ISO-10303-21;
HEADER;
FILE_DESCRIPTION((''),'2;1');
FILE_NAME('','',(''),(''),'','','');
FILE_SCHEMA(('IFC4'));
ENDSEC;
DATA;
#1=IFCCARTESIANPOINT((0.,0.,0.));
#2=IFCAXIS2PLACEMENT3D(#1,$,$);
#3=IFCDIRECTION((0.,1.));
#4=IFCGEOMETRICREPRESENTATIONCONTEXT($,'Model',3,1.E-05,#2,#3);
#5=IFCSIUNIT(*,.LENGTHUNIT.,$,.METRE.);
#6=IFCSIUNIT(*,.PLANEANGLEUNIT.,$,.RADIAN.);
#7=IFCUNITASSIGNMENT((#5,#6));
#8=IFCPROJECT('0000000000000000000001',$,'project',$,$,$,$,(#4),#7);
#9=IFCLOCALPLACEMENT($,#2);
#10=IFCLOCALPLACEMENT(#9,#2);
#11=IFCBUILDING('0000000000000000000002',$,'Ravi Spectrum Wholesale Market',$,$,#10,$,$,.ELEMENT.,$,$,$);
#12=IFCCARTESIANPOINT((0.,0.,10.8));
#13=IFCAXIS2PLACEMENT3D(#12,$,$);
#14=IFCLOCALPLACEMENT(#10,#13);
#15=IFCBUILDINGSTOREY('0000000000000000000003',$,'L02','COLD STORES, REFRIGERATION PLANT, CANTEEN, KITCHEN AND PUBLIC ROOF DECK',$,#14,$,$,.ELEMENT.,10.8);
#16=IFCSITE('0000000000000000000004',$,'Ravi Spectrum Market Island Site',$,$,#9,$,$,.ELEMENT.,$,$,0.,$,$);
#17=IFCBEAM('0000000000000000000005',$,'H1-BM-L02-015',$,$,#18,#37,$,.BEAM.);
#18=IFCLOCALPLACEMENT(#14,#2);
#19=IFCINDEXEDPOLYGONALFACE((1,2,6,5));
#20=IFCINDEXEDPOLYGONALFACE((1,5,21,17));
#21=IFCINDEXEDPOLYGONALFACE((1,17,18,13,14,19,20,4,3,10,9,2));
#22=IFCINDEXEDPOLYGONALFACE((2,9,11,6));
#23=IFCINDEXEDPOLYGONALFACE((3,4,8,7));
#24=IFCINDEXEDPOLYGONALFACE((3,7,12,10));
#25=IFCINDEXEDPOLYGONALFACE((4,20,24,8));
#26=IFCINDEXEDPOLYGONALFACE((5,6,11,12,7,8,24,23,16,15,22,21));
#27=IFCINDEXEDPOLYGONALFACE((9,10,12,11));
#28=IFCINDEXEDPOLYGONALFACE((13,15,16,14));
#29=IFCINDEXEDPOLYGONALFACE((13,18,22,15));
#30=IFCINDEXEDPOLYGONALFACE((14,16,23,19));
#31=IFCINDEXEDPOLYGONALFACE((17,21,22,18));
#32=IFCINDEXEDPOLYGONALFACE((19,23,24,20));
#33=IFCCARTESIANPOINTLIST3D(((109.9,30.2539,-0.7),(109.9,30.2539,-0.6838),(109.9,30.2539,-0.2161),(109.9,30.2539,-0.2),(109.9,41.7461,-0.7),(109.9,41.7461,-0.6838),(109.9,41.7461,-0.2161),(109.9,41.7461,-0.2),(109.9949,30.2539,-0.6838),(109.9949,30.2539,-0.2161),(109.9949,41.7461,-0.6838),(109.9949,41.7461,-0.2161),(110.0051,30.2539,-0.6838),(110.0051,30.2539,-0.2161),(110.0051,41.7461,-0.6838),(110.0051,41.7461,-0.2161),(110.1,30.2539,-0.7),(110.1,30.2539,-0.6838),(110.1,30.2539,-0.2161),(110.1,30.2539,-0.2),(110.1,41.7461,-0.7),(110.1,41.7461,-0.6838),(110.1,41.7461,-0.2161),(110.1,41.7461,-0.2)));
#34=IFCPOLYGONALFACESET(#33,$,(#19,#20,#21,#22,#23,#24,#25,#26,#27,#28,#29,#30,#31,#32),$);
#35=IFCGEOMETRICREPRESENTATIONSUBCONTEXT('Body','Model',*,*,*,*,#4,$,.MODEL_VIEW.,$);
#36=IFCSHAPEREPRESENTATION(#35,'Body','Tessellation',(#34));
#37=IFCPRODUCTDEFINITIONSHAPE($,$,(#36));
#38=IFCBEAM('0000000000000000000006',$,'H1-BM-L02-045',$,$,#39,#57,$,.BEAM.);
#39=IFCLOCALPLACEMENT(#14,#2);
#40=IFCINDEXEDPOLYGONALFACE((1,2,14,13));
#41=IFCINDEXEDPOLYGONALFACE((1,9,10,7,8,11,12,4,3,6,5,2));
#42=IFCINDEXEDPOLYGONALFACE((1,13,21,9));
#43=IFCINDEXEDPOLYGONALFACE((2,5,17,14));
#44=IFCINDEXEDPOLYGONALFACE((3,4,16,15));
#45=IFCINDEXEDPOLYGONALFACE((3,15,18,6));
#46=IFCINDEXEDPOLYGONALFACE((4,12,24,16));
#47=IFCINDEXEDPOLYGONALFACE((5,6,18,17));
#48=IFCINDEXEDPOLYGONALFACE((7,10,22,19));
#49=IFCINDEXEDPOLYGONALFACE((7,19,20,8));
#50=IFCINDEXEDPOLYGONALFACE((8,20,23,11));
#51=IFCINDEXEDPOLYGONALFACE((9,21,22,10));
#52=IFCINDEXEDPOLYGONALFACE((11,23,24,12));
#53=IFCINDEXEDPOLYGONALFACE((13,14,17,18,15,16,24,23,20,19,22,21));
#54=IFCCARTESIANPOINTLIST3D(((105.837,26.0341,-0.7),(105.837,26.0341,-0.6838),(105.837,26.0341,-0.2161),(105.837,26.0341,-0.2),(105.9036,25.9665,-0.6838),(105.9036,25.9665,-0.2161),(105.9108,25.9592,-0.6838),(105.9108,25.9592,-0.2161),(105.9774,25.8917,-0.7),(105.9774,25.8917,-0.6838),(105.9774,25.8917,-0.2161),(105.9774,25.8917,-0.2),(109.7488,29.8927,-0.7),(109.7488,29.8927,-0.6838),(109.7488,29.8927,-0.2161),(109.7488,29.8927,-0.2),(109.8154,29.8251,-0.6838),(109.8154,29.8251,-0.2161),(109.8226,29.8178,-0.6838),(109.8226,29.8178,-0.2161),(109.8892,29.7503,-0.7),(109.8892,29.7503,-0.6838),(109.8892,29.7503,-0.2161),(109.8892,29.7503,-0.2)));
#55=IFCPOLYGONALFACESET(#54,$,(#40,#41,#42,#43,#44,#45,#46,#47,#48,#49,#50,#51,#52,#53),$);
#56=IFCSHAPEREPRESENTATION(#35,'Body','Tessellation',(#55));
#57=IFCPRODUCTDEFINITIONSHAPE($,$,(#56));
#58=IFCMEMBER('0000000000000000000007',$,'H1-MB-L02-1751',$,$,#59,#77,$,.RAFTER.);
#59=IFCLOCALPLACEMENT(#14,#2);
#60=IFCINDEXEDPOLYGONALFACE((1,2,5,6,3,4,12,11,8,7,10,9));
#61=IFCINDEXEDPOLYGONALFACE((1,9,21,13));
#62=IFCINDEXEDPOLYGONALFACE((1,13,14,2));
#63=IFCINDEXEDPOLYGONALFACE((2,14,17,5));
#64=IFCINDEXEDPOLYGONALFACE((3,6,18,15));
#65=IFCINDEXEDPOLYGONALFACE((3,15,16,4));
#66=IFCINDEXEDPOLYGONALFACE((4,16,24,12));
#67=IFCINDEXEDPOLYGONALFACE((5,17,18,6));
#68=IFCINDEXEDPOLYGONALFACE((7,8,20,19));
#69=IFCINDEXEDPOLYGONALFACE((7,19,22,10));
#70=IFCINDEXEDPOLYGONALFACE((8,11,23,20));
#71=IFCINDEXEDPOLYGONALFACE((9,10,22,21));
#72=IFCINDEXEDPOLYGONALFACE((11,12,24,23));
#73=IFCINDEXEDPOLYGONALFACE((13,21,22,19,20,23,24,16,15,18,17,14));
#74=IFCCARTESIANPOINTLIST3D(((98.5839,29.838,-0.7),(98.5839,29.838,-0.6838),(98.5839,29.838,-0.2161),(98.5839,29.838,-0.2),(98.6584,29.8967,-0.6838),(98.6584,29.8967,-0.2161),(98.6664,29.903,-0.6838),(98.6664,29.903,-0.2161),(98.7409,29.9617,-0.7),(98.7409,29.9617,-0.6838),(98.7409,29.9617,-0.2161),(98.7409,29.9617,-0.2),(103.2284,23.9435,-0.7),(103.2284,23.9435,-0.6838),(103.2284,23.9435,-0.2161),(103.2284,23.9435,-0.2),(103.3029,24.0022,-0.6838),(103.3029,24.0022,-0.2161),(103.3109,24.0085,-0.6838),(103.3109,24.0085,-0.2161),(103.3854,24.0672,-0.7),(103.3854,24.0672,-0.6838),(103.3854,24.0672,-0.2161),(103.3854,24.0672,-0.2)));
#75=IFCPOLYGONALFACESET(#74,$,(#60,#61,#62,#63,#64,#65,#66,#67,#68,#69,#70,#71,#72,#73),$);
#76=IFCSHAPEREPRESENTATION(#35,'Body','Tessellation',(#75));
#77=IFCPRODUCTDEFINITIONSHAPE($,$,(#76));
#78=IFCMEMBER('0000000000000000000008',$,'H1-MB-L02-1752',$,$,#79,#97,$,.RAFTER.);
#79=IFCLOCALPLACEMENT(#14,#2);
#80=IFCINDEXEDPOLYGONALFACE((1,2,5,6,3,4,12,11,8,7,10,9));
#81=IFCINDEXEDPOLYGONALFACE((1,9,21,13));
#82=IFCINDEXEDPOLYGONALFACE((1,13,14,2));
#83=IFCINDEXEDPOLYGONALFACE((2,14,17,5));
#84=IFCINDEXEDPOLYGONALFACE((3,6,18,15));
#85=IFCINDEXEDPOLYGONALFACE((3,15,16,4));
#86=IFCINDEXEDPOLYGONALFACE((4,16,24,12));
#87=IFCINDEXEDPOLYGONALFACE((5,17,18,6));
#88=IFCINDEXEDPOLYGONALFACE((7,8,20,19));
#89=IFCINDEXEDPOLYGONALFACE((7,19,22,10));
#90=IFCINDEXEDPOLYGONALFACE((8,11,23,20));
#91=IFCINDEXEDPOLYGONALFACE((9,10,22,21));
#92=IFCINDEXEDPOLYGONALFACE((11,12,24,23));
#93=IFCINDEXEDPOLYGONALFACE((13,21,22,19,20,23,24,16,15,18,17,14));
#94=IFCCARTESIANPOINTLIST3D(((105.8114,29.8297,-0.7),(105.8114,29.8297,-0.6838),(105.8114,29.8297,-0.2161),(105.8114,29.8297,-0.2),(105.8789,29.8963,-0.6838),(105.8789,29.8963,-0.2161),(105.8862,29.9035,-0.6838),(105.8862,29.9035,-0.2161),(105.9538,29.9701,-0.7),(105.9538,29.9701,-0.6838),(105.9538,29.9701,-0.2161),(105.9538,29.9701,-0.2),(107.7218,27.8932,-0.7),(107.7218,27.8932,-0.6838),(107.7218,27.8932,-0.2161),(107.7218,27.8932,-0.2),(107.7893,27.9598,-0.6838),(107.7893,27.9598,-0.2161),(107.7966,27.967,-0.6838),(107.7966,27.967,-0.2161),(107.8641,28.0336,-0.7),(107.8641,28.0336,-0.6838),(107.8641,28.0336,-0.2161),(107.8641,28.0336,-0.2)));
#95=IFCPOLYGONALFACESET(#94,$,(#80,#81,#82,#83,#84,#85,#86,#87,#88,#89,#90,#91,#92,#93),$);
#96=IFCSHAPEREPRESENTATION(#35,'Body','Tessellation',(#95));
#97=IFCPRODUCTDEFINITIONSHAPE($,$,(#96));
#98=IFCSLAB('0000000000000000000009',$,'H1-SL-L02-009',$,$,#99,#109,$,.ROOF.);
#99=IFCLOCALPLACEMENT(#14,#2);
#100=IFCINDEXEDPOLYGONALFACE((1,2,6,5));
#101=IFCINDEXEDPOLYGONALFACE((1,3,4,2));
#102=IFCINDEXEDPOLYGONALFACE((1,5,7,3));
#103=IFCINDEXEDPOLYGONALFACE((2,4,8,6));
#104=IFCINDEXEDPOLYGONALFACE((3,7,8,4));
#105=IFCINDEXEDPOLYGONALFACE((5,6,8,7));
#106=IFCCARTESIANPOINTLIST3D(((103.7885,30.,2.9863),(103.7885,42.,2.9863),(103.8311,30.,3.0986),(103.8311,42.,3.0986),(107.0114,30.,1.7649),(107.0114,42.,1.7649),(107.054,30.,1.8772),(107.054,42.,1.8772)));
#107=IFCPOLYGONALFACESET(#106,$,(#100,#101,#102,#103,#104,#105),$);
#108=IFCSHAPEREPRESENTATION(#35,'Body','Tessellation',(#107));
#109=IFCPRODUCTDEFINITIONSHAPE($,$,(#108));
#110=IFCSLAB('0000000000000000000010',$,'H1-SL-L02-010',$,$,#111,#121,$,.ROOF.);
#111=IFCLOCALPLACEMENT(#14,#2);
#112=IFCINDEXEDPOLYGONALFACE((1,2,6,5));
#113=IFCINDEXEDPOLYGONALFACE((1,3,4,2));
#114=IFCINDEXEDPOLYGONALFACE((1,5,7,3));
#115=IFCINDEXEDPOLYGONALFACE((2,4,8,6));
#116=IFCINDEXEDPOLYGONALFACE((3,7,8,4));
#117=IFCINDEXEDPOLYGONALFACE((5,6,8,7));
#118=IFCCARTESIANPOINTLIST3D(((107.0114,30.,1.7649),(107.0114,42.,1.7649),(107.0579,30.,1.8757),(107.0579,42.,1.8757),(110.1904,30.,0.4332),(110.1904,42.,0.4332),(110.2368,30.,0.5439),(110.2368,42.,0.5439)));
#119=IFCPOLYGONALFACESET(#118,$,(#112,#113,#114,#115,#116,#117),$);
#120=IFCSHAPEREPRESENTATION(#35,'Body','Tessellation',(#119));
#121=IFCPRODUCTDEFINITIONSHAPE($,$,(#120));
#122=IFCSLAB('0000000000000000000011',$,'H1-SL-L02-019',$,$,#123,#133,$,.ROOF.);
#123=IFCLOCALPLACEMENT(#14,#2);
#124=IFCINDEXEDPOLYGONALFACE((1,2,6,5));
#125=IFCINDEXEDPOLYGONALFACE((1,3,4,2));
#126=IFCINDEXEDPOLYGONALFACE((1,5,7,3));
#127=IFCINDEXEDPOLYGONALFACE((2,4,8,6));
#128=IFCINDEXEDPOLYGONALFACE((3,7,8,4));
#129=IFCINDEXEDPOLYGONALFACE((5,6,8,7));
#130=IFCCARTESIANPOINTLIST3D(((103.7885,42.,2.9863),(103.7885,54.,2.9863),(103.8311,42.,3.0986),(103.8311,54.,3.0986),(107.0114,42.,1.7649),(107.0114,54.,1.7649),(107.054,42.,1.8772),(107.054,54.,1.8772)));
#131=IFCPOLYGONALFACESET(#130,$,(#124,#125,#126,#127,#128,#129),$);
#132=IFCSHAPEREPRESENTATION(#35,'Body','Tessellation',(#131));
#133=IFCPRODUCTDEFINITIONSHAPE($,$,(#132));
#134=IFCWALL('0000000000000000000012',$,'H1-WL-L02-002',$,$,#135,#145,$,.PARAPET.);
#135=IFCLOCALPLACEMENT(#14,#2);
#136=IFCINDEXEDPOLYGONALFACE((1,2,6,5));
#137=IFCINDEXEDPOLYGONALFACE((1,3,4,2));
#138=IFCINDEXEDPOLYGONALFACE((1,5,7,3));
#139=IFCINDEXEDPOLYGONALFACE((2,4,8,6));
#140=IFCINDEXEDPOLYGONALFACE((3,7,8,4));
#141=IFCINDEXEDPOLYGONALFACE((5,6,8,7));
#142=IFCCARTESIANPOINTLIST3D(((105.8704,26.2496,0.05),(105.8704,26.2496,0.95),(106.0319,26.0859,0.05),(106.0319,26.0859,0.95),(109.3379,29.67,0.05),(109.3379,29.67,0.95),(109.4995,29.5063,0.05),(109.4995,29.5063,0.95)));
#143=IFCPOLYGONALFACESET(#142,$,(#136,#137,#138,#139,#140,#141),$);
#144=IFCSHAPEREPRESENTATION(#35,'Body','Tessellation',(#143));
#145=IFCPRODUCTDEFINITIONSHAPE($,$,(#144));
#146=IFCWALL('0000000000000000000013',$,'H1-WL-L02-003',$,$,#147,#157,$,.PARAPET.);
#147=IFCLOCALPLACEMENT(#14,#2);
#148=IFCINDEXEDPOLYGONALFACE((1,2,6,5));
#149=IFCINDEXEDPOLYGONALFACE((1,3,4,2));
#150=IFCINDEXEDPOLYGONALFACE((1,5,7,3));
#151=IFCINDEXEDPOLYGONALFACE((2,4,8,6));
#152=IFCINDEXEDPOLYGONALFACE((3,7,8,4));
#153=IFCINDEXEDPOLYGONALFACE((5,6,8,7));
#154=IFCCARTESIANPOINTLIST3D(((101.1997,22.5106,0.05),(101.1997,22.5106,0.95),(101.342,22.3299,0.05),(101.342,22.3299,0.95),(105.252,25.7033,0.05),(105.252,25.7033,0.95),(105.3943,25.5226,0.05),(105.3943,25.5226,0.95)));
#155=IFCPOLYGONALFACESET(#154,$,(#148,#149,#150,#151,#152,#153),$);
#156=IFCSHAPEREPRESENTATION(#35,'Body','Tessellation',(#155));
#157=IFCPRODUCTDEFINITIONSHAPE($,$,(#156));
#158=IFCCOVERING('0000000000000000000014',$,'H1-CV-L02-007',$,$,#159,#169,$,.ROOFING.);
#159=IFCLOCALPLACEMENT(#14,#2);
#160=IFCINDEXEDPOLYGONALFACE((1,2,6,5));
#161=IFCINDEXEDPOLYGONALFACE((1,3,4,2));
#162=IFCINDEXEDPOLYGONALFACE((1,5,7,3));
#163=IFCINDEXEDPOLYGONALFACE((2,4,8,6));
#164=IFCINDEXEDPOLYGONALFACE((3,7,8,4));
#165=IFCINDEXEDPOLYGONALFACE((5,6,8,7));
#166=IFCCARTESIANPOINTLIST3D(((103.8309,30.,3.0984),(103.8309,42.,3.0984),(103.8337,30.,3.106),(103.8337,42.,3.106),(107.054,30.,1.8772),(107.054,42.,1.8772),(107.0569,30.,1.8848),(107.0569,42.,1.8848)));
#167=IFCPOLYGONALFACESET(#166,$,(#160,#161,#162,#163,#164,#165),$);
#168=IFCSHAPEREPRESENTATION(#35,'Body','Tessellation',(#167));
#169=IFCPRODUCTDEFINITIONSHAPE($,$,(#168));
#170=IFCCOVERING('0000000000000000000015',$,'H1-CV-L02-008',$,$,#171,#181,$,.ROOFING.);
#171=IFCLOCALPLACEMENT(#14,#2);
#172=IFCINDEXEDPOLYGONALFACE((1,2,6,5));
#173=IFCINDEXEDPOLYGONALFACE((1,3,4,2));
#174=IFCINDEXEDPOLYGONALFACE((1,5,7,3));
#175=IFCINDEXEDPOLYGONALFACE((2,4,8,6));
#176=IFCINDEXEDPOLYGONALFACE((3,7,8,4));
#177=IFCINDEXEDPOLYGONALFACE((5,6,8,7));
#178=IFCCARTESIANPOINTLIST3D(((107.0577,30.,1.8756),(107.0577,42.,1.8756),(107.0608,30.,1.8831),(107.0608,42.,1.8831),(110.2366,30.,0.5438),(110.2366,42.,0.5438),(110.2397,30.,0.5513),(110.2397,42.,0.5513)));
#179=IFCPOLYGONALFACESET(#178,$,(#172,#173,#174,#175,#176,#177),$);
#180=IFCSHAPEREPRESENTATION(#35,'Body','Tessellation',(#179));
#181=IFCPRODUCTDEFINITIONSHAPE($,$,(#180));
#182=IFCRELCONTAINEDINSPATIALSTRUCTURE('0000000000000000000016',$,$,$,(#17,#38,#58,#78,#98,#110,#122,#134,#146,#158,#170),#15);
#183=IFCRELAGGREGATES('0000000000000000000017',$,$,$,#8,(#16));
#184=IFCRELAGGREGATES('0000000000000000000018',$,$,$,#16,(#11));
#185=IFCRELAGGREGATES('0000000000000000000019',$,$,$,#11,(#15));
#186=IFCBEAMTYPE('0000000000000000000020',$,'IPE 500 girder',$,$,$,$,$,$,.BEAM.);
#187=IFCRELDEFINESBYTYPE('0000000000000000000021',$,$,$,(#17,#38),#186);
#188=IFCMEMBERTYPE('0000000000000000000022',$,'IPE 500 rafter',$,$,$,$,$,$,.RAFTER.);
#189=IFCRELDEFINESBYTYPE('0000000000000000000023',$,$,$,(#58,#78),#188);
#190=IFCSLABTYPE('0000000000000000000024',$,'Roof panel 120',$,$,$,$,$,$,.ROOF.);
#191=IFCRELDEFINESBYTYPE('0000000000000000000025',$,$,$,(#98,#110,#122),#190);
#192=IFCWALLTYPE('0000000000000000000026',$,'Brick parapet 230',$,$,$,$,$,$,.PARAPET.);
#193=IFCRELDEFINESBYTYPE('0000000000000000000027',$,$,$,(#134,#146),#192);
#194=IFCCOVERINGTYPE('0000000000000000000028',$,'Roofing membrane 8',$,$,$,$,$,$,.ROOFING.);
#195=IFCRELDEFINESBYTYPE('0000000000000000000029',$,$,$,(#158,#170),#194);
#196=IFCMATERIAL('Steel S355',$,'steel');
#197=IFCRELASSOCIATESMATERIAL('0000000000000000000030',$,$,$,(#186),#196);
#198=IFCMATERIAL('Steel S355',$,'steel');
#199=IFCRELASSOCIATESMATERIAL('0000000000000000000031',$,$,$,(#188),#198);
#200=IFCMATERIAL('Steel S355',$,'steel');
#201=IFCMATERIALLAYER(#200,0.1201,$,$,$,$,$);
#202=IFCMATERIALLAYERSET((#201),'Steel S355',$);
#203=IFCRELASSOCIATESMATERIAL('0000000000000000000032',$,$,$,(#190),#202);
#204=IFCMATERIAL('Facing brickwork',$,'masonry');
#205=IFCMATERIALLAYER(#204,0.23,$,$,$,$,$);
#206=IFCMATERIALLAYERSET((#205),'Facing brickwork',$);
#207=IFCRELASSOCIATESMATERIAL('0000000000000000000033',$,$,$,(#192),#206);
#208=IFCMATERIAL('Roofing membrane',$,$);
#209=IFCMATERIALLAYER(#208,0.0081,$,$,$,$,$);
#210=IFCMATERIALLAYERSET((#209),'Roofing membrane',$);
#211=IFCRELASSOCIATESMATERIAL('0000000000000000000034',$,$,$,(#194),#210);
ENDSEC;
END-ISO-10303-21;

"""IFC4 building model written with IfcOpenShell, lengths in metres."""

from ifc_helpers import new_model, si_unit, direction, frame, frame_2d, origin, origin_2d, place, context, subcontext, project, spatial, polyline, rectangle, i_section, outline, extrude, material, layer, layer_set, material_profile, profile_set, type_object, element, save


model = new_model("IFC4")

# Units and contexts
model_context = context("Model", 3, precision=1e-05, world=origin(), true_north=direction((0.0, 1.0)))
body_context = subcontext(model_context, "Body", "Model", "MODEL_VIEW")
ifc_project = project(units=[si_unit("LENGTHUNIT", "METRE"), si_unit("PLANEANGLEUNIT", "RADIAN")], contexts=[model_context])

# Site, building, storey
site_placement = place(None, origin())
site = spatial("IfcSite", under=ifc_project, at=site_placement, Name="Ravi Spectrum Market Island Site", CompositionType="ELEMENT", RefElevation=0.0)
building_placement = place(site_placement, origin())
building = spatial("IfcBuilding", under=site, at=building_placement, Name="Ravi Spectrum Wholesale Market", CompositionType="ELEMENT")
storey_placement = place(building_placement, frame((0.0, 0.0, 10.8)))
storey = spatial("IfcBuildingStorey", under=building, at=storey_placement, Name="L02", Description="COLD STORES, REFRIGERATION PLANT, CANTEEN, KITCHEN AND PUBLIC ROOF DECK", CompositionType="ELEMENT", Elevation=10.8)

# Beams
ifc_material_1 = material(Name="Steel S355", Category="steel")
ifc_material_profile_1 = material_profile(ifc_material_1, i_section(OverallWidth=0.2, OverallDepth=0.5, WebThickness=0.0103, FlangeThickness=0.0161, at=origin_2d()))
ifc_profile_set_1 = profile_set([ifc_material_profile_1], Name="Steel S355")
beam_type = type_object("IfcBeamType", Name="IPE 500 girder", PredefinedType="BEAM", material=ifc_profile_set_1)
beam_1_placement = place(storey_placement, frame((110.0, 30.2539, -0.45), z_axis=(0.0, 1.0, 0.0), x_axis=(-1.0, 0.0, 0.0)))
element("IfcBeam", 1, at=beam_1_placement, inside=storey, type_object=beam_type, Name="H1-BM-L02-015", PredefinedType="BEAM", context=body_context, shape_type="SweptSolid", body=[
    extrude(i_section(OverallWidth=0.2, OverallDepth=0.5, WebThickness=0.0103, FlangeThickness=0.0161, at=origin_2d()), origin(), (0.0, 0.0, 1.0), 11.4922),
])
beam_2_placement = place(storey_placement, frame((105.9072, 25.9629, -0.45), z_axis=(0.711933, 0.702247, 0.0), x_axis=(-0.702247, 0.711933, 0.0)))
element("IfcBeam", 2, at=beam_2_placement, inside=storey, type_object=beam_type, Name="H1-BM-L02-045", PredefinedType="BEAM", context=body_context, shape_type="SweptSolid", body=[
    extrude(i_section(OverallWidth=0.2, OverallDepth=0.5, WebThickness=0.0103, FlangeThickness=0.0161, at=origin_2d()), origin(), (0.0, 0.0, 1.0), 5.4946),
])

# Members
ifc_material_2 = material(Name="Steel S355", Category="steel")
ifc_material_profile_2 = material_profile(ifc_material_2, i_section(OverallWidth=0.2, OverallDepth=0.5, WebThickness=0.0103, FlangeThickness=0.0161, at=origin_2d()))
ifc_profile_set_2 = profile_set([ifc_material_profile_2], Name="Steel S355")
member_type_1 = type_object("IfcMemberType", Name="IPE 500 rafter", PredefinedType="RAFTER", material=ifc_profile_set_2)
member_1_placement = place(storey_placement, frame((103.3069, 24.0054, -0.45), z_axis=(-0.618901, 0.785469, 0.0), x_axis=(-0.785469, -0.618901, 0.0)))
element("IfcMember", 3, at=member_1_placement, inside=storey, type_object=member_type_1, Name="H1-MB-L02-1751", PredefinedType="RAFTER", context=body_context, shape_type="SweptSolid", body=[
    extrude(i_section(OverallWidth=0.2, OverallDepth=0.5, WebThickness=0.0103, FlangeThickness=0.0161, at=origin_2d()), origin(), (0.0, 0.0, 1.0), 7.5044),
])
member_2_placement = place(storey_placement, frame((107.793, 27.9634, -0.45), z_axis=(-0.702289, 0.711892, 0.0), x_axis=(-0.711892, -0.702289, 0.0)))
element("IfcMember", 4, at=member_2_placement, inside=storey, type_object=member_type_1, Name="H1-MB-L02-1752", PredefinedType="RAFTER", context=body_context, shape_type="SweptSolid", body=[
    extrude(i_section(OverallWidth=0.2, OverallDepth=0.5, WebThickness=0.0103, FlangeThickness=0.0161, at=origin_2d()), origin(), (0.0, 0.0, 1.0), 2.7202),
])

# Slabs
ifc_material_3 = material(Name="Steel S355", Category="steel")
ifc_layer_1 = layer(ifc_material_3, 0.1201)
ifc_layer_set_1 = layer_set([ifc_layer_1], Name="Steel S355")
slab_type = type_object("IfcSlabType", Name="Roof panel 120", PredefinedType="ROOF", material=ifc_layer_set_1)
slab_1_placement = place(storey_placement, frame((103.8311, 30.0, 3.0986), z_axis=(0.354389, 0.0, 0.935098), x_axis=(0.935098, 0.0, -0.354389)))
element("IfcSlab", 5, at=slab_1_placement, inside=storey, type_object=slab_type, Name="H1-SL-L02-009", PredefinedType="ROOF", context=body_context, shape_type="SweptSolid", body=[
    extrude(outline(polyline([(0.0, 0.0), (3.4466, 0.0), (3.4466, 12.0), (0.0, 12.0), (0.0, 0.0)])), origin(), (0.0, 0.0, -1.0), 0.1201),
])
slab_2_placement = place(storey_placement, frame((107.0579, 30.0, 1.8757), z_axis=(0.3864, 0.0, 0.922331), x_axis=(0.922331, 0.0, -0.3864)))
element("IfcSlab", 6, at=slab_2_placement, inside=storey, type_object=slab_type, Name="H1-SL-L02-010", PredefinedType="ROOF", context=body_context, shape_type="SweptSolid", body=[
    extrude(outline(polyline([(0.0, 0.0), (3.4467, 0.0), (3.4467, 12.0), (0.0, 12.0), (0.0, 0.0)])), origin(), (0.0, 0.0, -1.0), 0.1201),
])
slab_3_placement = place(storey_placement, frame((103.8311, 42.0, 3.0986), z_axis=(0.354389, 0.0, 0.935098), x_axis=(0.935098, 0.0, -0.354389)))
element("IfcSlab", 7, at=slab_3_placement, inside=storey, type_object=slab_type, Name="H1-SL-L02-019", PredefinedType="ROOF", context=body_context, shape_type="SweptSolid", body=[
    extrude(outline(polyline([(0.0, 0.0), (3.4466, 0.0), (3.4466, 12.0), (0.0, 12.0), (0.0, 0.0)])), origin(), (0.0, 0.0, -1.0), 0.1201),
])

# Walls
ifc_material_4 = material(Name="Facing brickwork", Category="masonry")
ifc_layer_2 = layer(ifc_material_4, 0.23)
ifc_layer_set_2 = layer_set([ifc_layer_2], Name="Facing brickwork")
wall_type = type_object("IfcWallType", Name="Brick parapet 230", PredefinedType="PARAPET", material=ifc_layer_set_2)
wall_1_placement = place(storey_placement, frame((109.4187, 29.5881, 0.05), z_axis=(0.0, 0.0, 1.0), x_axis=(-0.711927, -0.702253, 0.0)))
element("IfcWall", 8, at=wall_1_placement, inside=storey, type_object=wall_type, Name="H1-WL-L02-002", PredefinedType="PARAPET", context=body_context, shape_type="SweptSolid", body=[
    extrude(rectangle(XDim=4.8706, YDim=0.23, at=frame_2d((2.4353, 0.0))), origin(), (0.0, 0.0, 1.0), 0.8999),
])
wall_2_placement = place(storey_placement, frame((105.3232, 25.613, 0.05), z_axis=(0.0, 0.0, 1.0), x_axis=(-0.785497, -0.618866, 0.0)))
element("IfcWall", 9, at=wall_2_placement, inside=storey, type_object=wall_type, Name="H1-WL-L02-003", PredefinedType="PARAPET", context=body_context, shape_type="SweptSolid", body=[
    extrude(rectangle(XDim=5.1589, YDim=0.23, at=frame_2d((2.5796, 0.0))), origin(), (0.0, 0.0, 1.0), 0.8999),
])

# Coverings
ifc_material_5 = material(Name="Roofing membrane")
ifc_layer_3 = layer(ifc_material_5, 0.0081)
ifc_layer_set_3 = layer_set([ifc_layer_3], Name="Roofing membrane")
covering_type = type_object("IfcCoveringType", Name="Roofing membrane 8", PredefinedType="ROOFING", material=ifc_layer_set_3)
covering_1_placement = place(storey_placement, frame((103.8337, 30.0, 3.106), z_axis=(0.354304, 0.0, 0.93513), x_axis=(0.93513, 0.0, -0.354304)))
element("IfcCovering", 10, at=covering_1_placement, inside=storey, type_object=covering_type, Name="H1-CV-L02-007", PredefinedType="ROOFING", context=body_context, shape_type="SweptSolid", body=[
    extrude(outline(polyline([(0.0, 0.0), (3.4467, 0.0), (3.4467, 12.0), (0.0, 12.0), (0.0, 0.0)])), origin(), (0.0, 0.0, -1.0), 0.0081),
])
covering_2_placement = place(storey_placement, frame((107.0608, 30.0, 1.8831), z_axis=(0.3864, 0.0, 0.922331), x_axis=(0.922331, 0.0, -0.3864)))
element("IfcCovering", 11, at=covering_2_placement, inside=storey, type_object=covering_type, Name="H1-CV-L02-008", PredefinedType="ROOFING", context=body_context, shape_type="SweptSolid", body=[
    extrude(outline(polyline([(0.0, 0.0), (3.4467, 0.0), (3.4467, 12.0), (0.0, 12.0), (0.0, 0.0)])), origin(), (0.0, 0.0, -1.0), 0.0081),
])

save(model, "model.ifc")
